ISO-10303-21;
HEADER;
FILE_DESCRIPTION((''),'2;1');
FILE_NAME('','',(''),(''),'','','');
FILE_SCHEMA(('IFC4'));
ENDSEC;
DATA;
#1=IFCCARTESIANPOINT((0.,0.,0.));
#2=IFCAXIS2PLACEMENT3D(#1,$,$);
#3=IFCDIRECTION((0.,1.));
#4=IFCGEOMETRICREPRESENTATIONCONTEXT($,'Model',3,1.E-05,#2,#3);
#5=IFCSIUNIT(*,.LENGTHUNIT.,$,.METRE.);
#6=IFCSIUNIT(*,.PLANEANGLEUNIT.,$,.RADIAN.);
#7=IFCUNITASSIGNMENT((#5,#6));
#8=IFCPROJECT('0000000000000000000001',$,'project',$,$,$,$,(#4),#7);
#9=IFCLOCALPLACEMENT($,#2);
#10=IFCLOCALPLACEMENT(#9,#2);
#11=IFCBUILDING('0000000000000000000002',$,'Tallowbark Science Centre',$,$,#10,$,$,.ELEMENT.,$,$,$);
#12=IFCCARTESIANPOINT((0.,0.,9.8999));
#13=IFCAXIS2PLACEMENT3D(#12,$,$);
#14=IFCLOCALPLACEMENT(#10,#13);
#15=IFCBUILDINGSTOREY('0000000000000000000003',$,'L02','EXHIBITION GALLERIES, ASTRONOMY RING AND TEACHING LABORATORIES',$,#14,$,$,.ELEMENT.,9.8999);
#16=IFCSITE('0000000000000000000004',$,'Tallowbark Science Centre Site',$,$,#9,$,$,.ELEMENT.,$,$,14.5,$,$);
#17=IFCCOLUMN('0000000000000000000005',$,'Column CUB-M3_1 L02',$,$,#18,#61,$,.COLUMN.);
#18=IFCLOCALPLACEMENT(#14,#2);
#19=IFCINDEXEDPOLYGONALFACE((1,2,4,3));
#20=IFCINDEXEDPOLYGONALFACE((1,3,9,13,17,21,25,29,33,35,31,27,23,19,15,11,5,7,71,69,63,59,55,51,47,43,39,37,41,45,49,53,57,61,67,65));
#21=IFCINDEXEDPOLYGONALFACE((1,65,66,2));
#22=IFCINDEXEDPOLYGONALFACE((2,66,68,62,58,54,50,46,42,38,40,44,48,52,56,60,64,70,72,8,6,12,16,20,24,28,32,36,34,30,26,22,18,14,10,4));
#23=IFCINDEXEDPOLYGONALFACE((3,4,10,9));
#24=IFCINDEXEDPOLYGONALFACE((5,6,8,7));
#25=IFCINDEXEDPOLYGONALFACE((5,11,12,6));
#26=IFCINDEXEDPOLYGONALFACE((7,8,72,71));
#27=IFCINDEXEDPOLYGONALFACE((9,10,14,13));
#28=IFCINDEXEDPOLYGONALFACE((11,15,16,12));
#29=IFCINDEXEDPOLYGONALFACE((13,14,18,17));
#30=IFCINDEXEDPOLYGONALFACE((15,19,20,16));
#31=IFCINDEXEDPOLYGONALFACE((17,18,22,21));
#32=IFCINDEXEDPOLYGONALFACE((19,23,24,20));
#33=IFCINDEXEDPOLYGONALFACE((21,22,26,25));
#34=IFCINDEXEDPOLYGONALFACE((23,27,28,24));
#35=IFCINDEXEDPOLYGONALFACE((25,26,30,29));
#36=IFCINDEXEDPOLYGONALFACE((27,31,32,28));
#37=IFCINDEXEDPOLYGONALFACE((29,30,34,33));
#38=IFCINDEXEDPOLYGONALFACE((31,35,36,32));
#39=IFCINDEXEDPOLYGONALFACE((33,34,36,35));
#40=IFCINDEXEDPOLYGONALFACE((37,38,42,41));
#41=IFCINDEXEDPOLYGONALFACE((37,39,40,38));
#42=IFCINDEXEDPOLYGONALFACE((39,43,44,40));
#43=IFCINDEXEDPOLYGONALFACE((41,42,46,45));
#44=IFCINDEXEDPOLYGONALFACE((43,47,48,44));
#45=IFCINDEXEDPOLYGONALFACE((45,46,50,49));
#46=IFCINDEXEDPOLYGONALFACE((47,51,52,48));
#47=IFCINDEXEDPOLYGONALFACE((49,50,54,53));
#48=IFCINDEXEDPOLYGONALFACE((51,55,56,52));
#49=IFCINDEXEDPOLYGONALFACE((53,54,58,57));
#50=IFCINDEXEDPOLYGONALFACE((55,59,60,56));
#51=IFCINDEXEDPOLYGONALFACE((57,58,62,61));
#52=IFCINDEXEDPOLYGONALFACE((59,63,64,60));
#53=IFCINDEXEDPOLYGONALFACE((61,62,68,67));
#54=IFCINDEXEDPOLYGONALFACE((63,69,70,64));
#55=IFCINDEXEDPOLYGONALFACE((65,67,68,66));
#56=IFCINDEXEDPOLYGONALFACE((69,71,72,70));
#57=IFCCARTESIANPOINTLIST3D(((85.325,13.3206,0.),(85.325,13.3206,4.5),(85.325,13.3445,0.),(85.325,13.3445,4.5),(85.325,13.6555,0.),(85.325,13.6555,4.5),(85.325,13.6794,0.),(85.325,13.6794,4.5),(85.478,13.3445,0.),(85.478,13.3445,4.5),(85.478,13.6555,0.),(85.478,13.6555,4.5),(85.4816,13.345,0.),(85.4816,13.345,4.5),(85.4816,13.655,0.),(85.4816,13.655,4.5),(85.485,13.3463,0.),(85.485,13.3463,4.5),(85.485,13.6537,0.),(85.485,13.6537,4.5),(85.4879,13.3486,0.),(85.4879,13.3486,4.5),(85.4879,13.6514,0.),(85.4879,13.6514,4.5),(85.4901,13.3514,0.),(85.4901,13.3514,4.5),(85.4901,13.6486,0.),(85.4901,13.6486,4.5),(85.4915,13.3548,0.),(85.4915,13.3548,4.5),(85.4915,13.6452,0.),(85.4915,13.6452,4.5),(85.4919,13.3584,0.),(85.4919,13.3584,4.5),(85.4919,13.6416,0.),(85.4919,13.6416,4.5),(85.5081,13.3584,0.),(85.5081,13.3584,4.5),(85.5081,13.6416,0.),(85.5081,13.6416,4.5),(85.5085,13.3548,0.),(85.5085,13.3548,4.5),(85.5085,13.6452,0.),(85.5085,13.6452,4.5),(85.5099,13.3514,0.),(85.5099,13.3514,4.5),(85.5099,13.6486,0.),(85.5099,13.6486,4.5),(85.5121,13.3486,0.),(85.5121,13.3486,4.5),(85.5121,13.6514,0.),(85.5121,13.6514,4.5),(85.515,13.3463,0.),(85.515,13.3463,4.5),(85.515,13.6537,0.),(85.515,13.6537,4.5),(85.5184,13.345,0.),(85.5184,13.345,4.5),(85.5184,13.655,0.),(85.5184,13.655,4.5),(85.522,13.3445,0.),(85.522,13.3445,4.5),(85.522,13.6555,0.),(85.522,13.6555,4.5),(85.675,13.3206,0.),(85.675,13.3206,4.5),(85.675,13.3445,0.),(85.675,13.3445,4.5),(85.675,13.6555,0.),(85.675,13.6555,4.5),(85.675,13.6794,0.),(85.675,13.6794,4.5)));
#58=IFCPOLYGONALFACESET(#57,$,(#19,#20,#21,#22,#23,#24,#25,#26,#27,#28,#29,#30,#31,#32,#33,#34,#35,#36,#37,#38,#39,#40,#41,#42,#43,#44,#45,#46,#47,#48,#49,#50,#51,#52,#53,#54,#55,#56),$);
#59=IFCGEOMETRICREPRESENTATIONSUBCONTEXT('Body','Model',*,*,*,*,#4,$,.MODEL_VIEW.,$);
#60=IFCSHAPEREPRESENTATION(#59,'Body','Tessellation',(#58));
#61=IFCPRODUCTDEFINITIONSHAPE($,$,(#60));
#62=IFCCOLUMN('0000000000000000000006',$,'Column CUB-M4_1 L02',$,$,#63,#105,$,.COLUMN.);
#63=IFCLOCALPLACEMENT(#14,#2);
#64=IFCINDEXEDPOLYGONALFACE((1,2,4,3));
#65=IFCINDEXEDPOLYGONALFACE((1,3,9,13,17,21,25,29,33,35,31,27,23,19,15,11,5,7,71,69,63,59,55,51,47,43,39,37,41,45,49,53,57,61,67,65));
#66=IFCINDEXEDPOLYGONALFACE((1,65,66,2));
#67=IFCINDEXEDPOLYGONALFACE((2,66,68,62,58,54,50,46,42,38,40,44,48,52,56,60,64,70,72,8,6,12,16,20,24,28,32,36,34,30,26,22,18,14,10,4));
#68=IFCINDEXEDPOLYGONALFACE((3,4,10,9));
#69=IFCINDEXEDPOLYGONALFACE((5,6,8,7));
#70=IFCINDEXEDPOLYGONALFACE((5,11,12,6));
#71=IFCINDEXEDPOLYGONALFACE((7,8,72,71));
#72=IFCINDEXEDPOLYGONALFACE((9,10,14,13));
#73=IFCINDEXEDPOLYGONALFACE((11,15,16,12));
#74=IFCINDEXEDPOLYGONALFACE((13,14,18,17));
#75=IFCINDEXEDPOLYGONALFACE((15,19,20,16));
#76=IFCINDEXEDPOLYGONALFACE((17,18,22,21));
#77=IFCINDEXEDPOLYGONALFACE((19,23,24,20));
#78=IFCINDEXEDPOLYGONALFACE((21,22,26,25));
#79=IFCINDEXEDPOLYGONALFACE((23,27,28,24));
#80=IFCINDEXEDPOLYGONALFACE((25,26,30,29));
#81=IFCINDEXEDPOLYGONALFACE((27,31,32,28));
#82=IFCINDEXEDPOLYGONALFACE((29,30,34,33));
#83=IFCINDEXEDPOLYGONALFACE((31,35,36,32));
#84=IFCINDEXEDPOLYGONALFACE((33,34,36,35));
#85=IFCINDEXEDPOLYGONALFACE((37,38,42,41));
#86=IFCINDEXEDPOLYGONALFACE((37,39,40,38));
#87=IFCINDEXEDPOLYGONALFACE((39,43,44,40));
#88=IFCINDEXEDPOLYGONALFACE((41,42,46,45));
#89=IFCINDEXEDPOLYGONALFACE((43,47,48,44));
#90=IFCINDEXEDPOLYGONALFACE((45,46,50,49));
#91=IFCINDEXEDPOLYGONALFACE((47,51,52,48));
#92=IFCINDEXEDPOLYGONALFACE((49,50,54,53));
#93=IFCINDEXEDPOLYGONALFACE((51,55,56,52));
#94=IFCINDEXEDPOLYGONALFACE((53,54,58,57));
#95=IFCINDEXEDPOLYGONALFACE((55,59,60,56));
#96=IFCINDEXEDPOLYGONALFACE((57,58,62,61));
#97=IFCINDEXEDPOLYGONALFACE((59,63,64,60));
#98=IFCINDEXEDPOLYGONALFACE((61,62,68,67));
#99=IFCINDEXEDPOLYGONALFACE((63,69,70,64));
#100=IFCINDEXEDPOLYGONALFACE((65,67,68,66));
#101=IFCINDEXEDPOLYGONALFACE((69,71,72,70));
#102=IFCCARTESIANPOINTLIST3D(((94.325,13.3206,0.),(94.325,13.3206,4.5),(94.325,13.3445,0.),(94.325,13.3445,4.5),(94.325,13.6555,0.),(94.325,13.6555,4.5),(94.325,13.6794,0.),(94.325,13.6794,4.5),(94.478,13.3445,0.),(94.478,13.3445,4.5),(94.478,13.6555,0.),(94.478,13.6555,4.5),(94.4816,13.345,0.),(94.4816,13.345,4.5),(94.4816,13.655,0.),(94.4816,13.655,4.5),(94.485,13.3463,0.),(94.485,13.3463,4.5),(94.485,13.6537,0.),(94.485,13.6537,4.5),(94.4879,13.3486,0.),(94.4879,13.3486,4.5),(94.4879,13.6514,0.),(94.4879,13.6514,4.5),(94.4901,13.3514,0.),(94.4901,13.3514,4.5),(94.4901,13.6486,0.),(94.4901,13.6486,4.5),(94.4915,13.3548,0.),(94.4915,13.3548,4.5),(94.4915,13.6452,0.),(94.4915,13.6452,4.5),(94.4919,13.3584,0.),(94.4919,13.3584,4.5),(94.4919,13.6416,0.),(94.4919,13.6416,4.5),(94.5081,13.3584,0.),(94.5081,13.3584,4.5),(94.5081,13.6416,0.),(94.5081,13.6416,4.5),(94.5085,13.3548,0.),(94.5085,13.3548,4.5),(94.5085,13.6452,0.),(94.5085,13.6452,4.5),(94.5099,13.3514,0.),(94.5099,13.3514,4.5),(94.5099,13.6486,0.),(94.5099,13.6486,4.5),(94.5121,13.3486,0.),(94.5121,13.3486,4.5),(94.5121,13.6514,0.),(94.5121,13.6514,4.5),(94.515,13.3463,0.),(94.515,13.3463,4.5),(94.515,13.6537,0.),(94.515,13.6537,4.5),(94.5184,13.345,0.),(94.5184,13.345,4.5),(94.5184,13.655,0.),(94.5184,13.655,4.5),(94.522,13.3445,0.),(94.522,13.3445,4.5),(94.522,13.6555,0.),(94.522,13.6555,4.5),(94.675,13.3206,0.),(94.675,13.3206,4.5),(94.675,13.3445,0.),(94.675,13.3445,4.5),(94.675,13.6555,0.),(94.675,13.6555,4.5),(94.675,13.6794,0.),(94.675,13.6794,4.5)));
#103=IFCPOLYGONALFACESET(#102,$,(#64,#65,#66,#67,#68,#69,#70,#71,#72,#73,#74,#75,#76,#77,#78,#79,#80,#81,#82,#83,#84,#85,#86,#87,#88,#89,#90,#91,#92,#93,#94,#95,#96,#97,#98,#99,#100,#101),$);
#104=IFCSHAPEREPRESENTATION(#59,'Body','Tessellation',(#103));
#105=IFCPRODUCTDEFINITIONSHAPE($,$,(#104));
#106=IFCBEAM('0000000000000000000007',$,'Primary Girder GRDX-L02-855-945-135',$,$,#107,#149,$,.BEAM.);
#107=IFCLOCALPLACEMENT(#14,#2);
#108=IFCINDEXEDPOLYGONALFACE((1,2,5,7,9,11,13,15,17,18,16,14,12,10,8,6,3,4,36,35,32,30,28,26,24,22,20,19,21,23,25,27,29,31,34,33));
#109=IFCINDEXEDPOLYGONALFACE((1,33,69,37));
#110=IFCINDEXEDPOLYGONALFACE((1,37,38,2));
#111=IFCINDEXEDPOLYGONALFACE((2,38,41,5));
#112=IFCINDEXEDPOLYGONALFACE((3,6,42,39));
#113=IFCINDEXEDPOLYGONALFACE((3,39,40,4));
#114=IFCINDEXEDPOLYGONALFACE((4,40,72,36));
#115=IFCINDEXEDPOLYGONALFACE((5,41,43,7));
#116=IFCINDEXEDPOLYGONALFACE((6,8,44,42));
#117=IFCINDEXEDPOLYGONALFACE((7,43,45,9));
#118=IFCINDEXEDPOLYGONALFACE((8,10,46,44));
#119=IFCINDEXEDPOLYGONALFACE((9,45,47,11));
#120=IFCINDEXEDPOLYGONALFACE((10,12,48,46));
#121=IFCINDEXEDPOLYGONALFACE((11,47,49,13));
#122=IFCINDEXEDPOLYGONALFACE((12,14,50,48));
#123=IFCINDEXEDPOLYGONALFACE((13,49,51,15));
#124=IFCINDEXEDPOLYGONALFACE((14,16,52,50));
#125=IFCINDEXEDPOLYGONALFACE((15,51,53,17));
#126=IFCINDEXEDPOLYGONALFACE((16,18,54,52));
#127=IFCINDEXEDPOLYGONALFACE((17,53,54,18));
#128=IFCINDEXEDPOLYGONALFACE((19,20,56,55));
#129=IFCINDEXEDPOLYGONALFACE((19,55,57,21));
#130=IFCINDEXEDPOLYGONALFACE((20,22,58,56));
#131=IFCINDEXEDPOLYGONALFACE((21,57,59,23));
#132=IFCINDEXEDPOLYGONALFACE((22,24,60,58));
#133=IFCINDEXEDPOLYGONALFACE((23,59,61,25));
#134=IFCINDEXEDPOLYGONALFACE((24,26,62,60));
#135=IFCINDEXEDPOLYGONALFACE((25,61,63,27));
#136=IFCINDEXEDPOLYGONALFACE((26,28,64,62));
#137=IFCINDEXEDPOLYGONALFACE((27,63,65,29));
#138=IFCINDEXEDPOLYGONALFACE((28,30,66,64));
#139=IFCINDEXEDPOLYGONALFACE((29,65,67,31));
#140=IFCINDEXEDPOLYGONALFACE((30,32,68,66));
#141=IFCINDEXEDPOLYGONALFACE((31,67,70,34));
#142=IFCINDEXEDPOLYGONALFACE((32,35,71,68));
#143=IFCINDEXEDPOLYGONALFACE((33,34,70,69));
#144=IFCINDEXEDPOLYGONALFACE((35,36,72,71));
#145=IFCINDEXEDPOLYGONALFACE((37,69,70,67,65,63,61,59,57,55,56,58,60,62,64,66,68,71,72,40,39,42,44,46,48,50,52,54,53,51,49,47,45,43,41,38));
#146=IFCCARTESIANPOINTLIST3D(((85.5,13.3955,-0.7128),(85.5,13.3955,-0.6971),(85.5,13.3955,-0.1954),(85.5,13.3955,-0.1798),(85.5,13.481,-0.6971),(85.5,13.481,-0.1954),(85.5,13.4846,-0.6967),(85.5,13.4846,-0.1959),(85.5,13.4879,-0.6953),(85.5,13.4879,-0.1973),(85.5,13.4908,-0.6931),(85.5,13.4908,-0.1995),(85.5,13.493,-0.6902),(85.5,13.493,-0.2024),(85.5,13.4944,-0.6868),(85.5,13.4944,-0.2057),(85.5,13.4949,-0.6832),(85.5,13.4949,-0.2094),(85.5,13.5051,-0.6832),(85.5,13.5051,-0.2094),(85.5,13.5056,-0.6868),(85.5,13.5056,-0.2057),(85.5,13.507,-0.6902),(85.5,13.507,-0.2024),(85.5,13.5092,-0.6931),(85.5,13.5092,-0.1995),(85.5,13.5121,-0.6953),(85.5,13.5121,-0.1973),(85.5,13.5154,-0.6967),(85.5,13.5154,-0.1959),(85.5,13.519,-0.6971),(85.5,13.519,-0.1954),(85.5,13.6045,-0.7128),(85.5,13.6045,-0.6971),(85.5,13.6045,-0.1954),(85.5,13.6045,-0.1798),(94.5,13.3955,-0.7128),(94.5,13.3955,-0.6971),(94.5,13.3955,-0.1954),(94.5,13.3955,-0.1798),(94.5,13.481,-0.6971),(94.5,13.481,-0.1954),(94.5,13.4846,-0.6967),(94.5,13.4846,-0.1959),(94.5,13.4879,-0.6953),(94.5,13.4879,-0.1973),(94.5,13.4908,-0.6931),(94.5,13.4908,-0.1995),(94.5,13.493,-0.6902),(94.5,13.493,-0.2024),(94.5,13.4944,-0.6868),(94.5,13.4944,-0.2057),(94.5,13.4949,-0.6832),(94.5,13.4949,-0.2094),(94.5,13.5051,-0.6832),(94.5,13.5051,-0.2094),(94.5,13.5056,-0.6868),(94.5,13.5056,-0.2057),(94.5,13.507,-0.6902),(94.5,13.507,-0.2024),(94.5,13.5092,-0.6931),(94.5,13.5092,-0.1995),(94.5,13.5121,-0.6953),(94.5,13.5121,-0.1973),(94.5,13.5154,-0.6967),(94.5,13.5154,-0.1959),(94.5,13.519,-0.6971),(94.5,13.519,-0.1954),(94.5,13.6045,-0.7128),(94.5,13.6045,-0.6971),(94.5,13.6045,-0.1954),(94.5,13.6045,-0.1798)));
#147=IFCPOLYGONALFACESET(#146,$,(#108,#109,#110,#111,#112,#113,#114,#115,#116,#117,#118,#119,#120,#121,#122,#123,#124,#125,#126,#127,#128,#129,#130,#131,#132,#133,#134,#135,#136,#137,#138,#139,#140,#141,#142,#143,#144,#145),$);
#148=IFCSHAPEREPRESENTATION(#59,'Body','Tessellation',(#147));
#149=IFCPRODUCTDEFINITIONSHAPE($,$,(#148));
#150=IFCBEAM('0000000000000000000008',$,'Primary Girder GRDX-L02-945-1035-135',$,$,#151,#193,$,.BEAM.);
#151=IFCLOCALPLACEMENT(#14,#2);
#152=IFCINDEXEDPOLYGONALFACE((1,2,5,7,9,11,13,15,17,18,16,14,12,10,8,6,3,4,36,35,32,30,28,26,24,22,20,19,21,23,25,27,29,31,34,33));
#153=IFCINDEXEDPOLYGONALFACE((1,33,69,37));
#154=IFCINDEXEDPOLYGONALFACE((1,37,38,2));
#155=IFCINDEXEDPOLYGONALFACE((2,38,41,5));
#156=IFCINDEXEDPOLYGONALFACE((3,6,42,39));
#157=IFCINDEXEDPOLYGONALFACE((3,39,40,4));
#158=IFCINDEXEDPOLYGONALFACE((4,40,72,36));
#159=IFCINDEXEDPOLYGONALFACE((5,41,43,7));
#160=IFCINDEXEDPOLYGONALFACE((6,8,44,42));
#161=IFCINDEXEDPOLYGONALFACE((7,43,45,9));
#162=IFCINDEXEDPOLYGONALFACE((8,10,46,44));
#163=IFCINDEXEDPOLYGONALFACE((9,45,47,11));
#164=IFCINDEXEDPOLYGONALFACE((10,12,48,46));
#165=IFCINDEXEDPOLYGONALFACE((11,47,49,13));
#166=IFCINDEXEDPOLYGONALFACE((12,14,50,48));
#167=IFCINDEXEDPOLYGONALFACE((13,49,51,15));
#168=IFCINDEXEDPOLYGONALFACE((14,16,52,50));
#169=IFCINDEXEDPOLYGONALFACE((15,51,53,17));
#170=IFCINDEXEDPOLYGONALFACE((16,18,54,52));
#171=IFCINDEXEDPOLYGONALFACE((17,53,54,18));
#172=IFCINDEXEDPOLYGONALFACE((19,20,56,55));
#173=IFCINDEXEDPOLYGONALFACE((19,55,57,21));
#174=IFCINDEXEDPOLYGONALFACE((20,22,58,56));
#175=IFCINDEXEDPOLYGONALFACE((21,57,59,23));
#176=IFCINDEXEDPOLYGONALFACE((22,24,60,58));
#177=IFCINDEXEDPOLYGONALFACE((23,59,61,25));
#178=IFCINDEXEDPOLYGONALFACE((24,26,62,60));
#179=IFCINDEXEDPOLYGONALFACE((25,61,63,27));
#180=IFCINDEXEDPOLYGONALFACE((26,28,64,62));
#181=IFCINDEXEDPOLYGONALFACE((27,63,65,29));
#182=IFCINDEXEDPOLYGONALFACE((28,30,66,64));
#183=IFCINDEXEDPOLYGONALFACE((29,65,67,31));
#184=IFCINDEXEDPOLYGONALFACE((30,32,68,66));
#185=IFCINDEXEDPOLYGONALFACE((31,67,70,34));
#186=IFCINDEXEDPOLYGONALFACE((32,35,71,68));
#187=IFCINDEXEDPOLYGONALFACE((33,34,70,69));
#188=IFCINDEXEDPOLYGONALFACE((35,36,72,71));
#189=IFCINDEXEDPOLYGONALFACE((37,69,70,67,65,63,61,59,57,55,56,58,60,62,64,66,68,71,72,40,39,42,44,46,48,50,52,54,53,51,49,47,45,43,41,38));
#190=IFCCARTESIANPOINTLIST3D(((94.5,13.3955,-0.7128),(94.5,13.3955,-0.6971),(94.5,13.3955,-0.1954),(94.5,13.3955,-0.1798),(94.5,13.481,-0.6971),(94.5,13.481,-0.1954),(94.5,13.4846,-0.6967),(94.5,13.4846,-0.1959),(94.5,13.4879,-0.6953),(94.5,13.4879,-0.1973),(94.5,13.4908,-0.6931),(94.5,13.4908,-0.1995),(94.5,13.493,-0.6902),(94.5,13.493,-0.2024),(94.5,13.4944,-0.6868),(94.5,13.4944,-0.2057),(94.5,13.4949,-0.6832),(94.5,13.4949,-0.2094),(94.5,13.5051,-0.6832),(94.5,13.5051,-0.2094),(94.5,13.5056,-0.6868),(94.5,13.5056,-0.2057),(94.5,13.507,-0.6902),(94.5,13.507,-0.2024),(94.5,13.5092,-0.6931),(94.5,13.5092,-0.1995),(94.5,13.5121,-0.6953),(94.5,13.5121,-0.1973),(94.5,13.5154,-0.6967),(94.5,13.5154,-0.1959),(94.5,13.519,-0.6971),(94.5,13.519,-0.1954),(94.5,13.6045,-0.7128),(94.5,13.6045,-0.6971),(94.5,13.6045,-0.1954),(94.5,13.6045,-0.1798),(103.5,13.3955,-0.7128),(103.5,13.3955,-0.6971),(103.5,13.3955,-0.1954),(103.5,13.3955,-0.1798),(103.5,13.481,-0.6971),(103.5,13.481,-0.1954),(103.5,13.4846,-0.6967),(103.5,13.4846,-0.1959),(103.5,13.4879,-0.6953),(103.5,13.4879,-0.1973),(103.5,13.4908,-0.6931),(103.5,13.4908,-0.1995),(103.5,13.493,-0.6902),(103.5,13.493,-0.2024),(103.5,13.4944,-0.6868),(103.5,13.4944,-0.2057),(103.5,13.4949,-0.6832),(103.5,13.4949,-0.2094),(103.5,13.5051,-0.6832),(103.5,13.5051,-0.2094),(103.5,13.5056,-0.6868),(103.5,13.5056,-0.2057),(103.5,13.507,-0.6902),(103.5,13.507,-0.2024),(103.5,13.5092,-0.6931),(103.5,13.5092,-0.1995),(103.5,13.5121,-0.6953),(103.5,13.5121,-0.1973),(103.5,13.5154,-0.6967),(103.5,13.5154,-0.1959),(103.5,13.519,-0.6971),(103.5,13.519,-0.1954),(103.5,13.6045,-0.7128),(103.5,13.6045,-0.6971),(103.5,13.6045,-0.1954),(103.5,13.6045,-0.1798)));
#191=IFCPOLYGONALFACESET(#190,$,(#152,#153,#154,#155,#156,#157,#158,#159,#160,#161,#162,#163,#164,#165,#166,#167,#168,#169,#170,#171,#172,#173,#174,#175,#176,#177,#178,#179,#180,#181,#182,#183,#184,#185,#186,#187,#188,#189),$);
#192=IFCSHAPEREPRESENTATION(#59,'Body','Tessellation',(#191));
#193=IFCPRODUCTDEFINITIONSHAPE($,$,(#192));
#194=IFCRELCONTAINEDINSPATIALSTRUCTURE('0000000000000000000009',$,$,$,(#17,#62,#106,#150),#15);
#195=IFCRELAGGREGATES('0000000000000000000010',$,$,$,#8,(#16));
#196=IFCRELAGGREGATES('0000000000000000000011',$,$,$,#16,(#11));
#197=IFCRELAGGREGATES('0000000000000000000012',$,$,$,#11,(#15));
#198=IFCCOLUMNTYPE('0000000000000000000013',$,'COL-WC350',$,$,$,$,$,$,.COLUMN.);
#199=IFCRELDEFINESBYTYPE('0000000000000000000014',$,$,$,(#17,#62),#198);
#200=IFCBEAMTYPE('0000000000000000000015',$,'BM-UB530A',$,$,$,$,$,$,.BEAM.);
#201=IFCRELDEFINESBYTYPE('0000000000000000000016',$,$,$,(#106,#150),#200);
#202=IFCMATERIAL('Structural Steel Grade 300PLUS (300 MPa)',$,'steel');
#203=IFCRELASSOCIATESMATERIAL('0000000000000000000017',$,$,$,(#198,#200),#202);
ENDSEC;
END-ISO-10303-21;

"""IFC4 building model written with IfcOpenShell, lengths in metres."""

from ifc_helpers import new_model, si_unit, direction, frame, origin, origin_2d, place, context, subcontext, project, spatial, i_section, extrude, material, material_profile, profile_set, type_object, element, save


model = new_model("IFC4")

# Units and contexts
model_context = context("Model", 3, precision=1e-05, world=origin(), true_north=direction((0.0, 1.0)))
body_context = subcontext(model_context, "Body", "Model", "MODEL_VIEW")
ifc_project = project(units=[si_unit("LENGTHUNIT", "METRE"), si_unit("PLANEANGLEUNIT", "RADIAN")], contexts=[model_context])

# Site, building, storey
site_placement = place(None, origin())
site = spatial("IfcSite", under=ifc_project, at=site_placement, Name="Tallowbark Science Centre Site", CompositionType="ELEMENT", RefElevation=14.5)
building_placement = place(site_placement, origin())
building = spatial("IfcBuilding", under=site, at=building_placement, Name="Tallowbark Science Centre", CompositionType="ELEMENT")
storey_placement = place(building_placement, frame((0.0, 0.0, 9.8999)))
storey = spatial("IfcBuildingStorey", under=building, at=storey_placement, Name="L02", Description="EXHIBITION GALLERIES, ASTRONOMY RING AND TEACHING LABORATORIES", CompositionType="ELEMENT", Elevation=9.8999)

# Columns
ifc_material_1 = material(Name="Structural Steel Grade 300PLUS (300 MPa)", Category="steel")
ifc_material_profile_1 = material_profile(ifc_material_1, i_section(OverallWidth=0.3501, OverallDepth=0.3589, WebThickness=0.0161, FlangeThickness=0.0239, FilletRadius=0.0139, at=origin_2d()), Name="350WC197")
ifc_profile_set_1 = profile_set([ifc_material_profile_1], Name="Structural Steel Grade 300PLUS (300 MPa)")
column_type = type_object("IfcColumnType", Name="COL-WC350", PredefinedType="COLUMN", material=ifc_profile_set_1)
for number, where, z_axis, x_axis, name in (
    (1, (85.5, 13.5, 0.0), (0.0, 0.0, 1.0), (1.0, 0.0, 0.0), "Column CUB-M3_1 L02"),
    (2, (94.5, 13.5, 0.0), (0.0, 0.0, 1.0), (1.0, 0.0, 0.0), "Column CUB-M4_1 L02"),
):
    element("IfcColumn", number, at=place(storey_placement, frame(where, z_axis=z_axis, x_axis=x_axis)), inside=storey, type_object=column_type, Name=name, PredefinedType="COLUMN", context=body_context, shape_type="SweptSolid", body=[
        extrude(i_section(OverallWidth=0.3501, OverallDepth=0.3589, WebThickness=0.0161, FlangeThickness=0.0239, FilletRadius=0.0139, at=origin_2d()), origin(), (0.0, 0.0, 1.0), 4.5),
    ])

# Beams
ifc_material_profile_2 = material_profile(ifc_material_1, i_section(OverallWidth=0.209, OverallDepth=0.533, WebThickness=0.0103, FlangeThickness=0.0156, FilletRadius=0.0139, at=origin_2d()), Name="530UB92.4")
ifc_profile_set_2 = profile_set([ifc_material_profile_2], Name="Structural Steel Grade 300PLUS (300 MPa)")
beam_type_1 = type_object("IfcBeamType", Name="BM-UB530A", PredefinedType="BEAM", material=ifc_profile_set_2)
for number, where, z_axis, x_axis, name in (
    (3, (85.5, 13.5, -0.4463), (1.0, 0.0, 0.0), (0.0, 1.0, 0.0), "Primary Girder GRDX-L02-855-945-135"),
    (4, (94.5, 13.5, -0.4463), (1.0, 0.0, 0.0), (0.0, 1.0, 0.0), "Primary Girder GRDX-L02-945-1035-135"),
):
    element("IfcBeam", number, at=place(storey_placement, frame(where, z_axis=z_axis, x_axis=x_axis)), inside=storey, type_object=beam_type_1, Name=name, PredefinedType="BEAM", context=body_context, shape_type="SweptSolid", body=[
        extrude(i_section(OverallWidth=0.209, OverallDepth=0.533, WebThickness=0.0103, FlangeThickness=0.0156, FilletRadius=0.0139, at=origin_2d()), origin(), (0.0, 0.0, 1.0), 9.0),
    ])

save(model, "model.ifc")
